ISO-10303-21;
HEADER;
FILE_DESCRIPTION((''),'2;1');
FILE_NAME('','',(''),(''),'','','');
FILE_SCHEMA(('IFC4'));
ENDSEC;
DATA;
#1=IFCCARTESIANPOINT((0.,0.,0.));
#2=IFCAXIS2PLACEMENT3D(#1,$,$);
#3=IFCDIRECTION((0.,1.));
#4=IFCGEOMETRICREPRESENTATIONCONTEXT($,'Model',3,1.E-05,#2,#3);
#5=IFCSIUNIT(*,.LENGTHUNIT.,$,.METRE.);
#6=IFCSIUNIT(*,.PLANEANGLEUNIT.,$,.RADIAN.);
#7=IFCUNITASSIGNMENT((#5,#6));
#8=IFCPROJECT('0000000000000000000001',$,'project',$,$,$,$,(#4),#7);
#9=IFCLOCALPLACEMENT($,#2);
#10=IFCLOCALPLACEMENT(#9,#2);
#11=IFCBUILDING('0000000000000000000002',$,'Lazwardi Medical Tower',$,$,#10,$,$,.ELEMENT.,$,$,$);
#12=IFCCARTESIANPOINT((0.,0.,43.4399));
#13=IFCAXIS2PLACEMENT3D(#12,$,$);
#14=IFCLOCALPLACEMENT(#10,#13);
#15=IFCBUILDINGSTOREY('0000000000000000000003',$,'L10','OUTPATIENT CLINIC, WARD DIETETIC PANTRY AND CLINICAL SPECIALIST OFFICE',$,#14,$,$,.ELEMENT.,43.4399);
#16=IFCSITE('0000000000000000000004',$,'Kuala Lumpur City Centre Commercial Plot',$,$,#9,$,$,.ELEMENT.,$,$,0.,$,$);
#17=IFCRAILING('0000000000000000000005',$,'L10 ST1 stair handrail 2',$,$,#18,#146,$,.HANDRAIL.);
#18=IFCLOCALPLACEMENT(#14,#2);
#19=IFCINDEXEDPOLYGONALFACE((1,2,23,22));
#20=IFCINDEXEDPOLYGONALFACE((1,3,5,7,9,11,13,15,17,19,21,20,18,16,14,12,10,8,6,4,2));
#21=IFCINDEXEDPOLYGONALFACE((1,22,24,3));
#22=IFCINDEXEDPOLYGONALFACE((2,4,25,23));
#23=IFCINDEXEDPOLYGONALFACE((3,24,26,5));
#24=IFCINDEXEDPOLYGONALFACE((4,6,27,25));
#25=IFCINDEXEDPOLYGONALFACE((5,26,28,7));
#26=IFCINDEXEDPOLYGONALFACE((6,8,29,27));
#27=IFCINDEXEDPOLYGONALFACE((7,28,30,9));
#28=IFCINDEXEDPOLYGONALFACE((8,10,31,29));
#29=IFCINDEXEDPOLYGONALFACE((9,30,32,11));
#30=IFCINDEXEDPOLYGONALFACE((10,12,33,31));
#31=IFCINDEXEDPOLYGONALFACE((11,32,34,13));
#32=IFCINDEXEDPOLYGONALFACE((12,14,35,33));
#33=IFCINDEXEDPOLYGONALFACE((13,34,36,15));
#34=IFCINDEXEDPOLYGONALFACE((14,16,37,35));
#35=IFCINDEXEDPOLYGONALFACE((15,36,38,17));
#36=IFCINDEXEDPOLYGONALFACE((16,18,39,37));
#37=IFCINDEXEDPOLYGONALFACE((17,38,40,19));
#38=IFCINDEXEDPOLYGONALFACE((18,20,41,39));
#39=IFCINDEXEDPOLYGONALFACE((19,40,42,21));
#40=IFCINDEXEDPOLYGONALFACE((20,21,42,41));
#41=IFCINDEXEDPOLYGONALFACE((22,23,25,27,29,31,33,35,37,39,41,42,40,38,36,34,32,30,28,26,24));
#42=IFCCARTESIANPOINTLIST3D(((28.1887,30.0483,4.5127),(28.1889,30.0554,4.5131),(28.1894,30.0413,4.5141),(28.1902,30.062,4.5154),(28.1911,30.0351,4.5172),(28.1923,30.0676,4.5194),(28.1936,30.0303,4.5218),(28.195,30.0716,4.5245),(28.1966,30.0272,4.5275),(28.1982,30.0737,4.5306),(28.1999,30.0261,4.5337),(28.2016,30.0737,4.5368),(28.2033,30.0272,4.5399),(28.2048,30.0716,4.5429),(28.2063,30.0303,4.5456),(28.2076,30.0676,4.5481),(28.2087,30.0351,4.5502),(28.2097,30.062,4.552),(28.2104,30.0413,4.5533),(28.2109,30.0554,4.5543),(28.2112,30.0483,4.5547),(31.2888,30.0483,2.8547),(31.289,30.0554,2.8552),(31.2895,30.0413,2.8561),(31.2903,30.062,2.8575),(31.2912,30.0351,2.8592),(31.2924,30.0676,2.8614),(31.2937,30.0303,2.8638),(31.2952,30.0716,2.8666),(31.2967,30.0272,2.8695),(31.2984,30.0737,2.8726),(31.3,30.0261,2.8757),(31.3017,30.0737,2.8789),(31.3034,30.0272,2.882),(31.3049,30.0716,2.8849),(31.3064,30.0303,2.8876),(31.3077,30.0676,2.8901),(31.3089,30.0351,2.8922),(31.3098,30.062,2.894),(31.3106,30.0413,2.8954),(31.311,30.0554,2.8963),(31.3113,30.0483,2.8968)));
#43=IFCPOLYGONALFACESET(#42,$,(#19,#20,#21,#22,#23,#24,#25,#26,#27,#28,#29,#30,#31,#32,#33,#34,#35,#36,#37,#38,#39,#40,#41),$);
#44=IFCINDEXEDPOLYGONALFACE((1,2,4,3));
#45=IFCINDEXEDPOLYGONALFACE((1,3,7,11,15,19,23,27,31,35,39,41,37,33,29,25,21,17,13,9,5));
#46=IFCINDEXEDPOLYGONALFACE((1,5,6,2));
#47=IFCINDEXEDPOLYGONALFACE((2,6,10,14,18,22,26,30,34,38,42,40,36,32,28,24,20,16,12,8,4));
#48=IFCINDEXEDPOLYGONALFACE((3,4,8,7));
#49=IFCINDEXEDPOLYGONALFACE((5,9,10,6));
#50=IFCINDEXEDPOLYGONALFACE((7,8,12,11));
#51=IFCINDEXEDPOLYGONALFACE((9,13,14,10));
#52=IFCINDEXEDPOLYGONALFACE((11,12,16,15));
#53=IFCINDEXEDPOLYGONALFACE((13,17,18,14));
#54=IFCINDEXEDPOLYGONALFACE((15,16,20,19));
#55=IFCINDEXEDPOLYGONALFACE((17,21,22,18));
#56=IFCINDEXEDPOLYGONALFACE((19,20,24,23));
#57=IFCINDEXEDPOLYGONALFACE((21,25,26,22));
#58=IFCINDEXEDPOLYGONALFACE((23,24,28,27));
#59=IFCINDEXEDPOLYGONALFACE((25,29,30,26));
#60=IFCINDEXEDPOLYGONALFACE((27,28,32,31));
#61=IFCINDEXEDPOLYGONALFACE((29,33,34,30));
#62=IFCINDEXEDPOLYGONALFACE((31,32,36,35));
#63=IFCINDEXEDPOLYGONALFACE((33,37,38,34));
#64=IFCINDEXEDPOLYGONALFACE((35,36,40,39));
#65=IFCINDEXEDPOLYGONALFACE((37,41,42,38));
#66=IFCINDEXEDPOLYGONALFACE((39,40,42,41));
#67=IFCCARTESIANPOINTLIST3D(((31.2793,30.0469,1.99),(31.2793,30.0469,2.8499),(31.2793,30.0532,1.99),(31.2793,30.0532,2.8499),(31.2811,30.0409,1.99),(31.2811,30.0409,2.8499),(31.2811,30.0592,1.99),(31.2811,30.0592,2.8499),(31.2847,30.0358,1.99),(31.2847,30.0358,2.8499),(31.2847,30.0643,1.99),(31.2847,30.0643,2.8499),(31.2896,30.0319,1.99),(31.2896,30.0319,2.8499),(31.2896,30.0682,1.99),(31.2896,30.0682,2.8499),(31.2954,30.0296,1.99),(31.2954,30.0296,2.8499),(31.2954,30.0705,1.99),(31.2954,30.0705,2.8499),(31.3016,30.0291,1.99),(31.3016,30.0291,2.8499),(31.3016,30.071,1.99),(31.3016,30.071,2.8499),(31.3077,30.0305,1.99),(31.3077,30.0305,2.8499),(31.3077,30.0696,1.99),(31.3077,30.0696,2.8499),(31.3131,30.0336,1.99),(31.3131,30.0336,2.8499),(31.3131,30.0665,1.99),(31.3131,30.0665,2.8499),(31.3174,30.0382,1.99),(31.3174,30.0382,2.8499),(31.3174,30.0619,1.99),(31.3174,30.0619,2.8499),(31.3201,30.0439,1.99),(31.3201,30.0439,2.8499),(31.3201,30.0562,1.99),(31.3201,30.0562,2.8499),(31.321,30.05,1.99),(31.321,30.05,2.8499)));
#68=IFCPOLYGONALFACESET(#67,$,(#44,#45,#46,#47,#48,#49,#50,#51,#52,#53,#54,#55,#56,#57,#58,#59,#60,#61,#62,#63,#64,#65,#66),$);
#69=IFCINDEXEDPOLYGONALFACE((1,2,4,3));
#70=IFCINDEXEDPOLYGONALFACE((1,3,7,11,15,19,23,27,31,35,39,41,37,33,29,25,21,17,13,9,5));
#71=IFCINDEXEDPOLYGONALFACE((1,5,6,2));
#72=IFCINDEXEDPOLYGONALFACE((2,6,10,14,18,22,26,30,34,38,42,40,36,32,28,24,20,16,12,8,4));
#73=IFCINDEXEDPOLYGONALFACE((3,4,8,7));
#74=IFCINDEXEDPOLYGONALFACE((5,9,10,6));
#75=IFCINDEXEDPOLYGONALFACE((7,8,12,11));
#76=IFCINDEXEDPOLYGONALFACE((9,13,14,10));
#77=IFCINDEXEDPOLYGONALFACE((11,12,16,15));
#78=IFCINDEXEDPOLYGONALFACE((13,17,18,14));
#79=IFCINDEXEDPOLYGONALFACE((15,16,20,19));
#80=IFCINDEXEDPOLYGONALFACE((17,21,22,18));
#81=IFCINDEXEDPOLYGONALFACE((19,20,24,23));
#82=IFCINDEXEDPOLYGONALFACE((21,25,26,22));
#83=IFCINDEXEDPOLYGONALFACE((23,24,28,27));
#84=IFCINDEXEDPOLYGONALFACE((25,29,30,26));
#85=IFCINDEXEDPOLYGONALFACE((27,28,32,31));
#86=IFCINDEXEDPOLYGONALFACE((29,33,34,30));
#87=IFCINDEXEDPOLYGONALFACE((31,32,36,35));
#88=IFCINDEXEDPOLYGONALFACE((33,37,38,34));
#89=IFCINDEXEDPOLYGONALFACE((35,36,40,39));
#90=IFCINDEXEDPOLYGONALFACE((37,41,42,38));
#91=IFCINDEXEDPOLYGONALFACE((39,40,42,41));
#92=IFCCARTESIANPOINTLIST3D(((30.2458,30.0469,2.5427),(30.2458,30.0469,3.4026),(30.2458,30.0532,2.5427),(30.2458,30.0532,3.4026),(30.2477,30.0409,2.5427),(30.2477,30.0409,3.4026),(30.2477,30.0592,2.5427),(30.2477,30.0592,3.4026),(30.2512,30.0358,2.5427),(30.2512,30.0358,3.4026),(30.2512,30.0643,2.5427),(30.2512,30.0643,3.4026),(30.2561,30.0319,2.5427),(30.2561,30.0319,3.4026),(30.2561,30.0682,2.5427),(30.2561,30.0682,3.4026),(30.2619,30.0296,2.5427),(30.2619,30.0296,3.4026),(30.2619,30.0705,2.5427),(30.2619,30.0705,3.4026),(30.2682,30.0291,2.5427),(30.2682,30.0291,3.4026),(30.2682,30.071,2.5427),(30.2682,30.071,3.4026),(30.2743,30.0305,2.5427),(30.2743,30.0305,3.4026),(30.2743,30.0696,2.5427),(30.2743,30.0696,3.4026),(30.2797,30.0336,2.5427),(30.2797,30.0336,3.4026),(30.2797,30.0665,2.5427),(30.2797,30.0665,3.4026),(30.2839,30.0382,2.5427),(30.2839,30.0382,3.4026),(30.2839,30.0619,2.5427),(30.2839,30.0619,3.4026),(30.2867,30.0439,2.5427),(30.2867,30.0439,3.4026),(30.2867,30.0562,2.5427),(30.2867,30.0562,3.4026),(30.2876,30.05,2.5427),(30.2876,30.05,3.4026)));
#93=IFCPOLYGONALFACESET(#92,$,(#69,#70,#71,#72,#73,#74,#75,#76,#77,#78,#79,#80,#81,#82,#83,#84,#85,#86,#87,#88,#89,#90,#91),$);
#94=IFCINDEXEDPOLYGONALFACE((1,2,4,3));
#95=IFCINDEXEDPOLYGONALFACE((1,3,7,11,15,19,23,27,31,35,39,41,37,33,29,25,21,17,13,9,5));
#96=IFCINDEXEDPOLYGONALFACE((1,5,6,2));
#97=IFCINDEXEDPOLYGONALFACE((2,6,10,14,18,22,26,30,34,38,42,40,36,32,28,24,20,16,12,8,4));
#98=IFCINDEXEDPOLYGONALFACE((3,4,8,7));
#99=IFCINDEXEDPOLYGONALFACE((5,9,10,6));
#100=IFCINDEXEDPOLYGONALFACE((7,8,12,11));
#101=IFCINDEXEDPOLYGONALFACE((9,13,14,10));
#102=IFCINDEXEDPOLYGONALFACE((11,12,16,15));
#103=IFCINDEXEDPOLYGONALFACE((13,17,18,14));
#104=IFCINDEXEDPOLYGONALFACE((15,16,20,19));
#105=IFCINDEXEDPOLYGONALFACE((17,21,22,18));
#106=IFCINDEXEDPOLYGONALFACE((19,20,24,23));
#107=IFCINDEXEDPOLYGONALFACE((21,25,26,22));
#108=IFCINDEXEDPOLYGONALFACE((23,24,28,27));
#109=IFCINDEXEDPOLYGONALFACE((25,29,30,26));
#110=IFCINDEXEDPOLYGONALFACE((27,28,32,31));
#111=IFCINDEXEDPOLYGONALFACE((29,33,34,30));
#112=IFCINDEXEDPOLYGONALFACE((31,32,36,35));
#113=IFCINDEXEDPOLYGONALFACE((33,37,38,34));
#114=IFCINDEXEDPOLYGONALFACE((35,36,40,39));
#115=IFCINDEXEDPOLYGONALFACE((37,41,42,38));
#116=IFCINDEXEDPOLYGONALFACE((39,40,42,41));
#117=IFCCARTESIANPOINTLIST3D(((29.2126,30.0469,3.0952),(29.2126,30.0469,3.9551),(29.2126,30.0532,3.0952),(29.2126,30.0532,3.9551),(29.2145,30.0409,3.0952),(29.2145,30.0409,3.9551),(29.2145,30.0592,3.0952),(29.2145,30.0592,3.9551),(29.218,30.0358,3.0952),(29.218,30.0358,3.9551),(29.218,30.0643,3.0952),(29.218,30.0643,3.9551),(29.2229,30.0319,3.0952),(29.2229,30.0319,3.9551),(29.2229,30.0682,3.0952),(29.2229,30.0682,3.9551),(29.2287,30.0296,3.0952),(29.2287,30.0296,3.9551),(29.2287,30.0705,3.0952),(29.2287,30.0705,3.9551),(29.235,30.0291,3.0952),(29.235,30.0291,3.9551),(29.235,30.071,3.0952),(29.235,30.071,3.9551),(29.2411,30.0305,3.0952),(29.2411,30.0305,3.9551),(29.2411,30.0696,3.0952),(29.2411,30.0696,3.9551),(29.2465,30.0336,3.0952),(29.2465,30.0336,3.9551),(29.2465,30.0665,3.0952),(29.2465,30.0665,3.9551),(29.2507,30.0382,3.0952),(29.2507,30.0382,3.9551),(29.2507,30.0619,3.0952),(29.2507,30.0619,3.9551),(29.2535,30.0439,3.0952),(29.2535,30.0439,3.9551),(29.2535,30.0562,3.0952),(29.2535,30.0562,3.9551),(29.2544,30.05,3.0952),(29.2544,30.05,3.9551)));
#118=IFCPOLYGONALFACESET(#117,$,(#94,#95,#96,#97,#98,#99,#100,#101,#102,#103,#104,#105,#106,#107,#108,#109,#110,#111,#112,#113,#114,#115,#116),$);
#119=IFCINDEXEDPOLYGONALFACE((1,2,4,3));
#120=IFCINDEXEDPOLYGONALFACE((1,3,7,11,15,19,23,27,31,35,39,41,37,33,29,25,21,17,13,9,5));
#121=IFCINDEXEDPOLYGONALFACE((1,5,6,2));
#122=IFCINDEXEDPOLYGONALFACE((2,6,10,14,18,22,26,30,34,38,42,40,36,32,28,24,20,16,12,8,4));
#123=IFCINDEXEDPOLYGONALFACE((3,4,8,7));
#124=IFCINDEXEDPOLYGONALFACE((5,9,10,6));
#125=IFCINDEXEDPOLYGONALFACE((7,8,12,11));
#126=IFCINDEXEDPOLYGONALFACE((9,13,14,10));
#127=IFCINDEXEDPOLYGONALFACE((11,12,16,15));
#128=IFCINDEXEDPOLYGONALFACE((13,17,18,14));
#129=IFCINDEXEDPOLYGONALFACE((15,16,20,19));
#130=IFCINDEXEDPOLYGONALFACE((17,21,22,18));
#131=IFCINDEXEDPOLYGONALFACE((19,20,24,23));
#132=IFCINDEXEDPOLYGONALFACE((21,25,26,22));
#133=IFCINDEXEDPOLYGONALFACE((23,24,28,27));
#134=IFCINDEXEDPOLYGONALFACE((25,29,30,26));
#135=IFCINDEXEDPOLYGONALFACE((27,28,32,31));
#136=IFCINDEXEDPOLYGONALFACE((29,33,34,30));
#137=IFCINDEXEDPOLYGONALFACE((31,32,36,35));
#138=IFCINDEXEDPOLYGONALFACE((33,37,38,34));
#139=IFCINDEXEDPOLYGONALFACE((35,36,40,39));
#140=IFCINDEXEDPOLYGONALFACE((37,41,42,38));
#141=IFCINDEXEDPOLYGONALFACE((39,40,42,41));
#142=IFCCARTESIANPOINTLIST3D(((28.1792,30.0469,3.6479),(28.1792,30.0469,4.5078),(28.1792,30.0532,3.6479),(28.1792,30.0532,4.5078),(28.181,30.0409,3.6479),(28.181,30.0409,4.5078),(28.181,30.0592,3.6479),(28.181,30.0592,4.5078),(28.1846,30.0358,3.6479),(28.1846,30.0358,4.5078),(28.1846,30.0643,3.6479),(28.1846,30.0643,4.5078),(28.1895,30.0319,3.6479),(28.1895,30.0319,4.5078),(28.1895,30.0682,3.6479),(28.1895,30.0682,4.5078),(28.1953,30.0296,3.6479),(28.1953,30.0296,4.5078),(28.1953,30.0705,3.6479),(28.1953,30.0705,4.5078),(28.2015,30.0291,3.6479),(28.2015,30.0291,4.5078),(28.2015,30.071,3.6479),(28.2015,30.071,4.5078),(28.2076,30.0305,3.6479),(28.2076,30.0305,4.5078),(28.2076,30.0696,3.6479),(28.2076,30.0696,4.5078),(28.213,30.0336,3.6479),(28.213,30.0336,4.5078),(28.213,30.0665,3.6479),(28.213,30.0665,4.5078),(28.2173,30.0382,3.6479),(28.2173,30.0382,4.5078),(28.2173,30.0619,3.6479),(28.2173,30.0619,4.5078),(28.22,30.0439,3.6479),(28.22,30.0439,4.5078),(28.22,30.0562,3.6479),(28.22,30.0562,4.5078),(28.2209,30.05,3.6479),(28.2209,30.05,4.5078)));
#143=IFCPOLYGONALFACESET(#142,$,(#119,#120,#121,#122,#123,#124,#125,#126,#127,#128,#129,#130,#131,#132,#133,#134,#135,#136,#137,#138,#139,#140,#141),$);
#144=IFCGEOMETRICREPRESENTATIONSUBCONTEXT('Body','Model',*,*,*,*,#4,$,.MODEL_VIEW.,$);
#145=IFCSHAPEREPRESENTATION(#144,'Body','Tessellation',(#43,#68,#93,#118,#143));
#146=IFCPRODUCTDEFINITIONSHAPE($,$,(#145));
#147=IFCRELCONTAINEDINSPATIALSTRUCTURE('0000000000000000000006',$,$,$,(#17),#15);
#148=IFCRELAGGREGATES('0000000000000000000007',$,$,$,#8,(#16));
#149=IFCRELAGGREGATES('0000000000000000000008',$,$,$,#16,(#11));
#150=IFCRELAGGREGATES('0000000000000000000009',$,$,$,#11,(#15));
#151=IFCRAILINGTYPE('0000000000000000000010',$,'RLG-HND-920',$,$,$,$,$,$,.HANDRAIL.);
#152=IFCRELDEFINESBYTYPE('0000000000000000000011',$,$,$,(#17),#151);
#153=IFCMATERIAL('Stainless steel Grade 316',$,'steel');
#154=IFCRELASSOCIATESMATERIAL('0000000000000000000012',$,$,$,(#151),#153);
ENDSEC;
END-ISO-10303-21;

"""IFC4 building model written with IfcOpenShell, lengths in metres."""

from ifc_helpers import new_model, si_unit, direction, frame, origin, origin_2d, place, context, subcontext, project, spatial, circle, extrude, material, type_object, element, save


model = new_model("IFC4")

# Units and contexts
model_context = context("Model", 3, precision=1e-05, world=origin(), true_north=direction((0.0, 1.0)))
body_context = subcontext(model_context, "Body", "Model", "MODEL_VIEW")
ifc_project = project(units=[si_unit("LENGTHUNIT", "METRE"), si_unit("PLANEANGLEUNIT", "RADIAN")], contexts=[model_context])

# Site, building, storey
site_placement = place(None, origin())
site = spatial("IfcSite", under=ifc_project, at=site_placement, Name="Kuala Lumpur City Centre Commercial Plot", CompositionType="ELEMENT", RefElevation=0.0)
building_placement = place(site_placement, origin())
building = spatial("IfcBuilding", under=site, at=building_placement, Name="Lazwardi Medical Tower", CompositionType="ELEMENT")
storey_placement = place(building_placement, frame((0.0, 0.0, 43.4399)))
storey = spatial("IfcBuildingStorey", under=building, at=storey_placement, Name="L10", Description="OUTPATIENT CLINIC, WARD DIETETIC PANTRY AND CLINICAL SPECIALIST OFFICE", CompositionType="ELEMENT", Elevation=43.4399)

# Railing
ifc_material_1 = material(Name="Stainless steel Grade 316", Category="steel")
railing_type_1 = type_object("IfcRailingType", Name="RLG-HND-920", PredefinedType="HANDRAIL", material=ifc_material_1)
railing_1_placement = place(storey_placement, frame((31.3, 30.05, 1.99)))
element("IfcRailing", 1, at=railing_1_placement, inside=storey, type_object=railing_type_1, Name="L10 ST1 stair handrail 2", PredefinedType="HANDRAIL", context=body_context, shape_type="SweptSolid", body=[
    extrude(circle(Radius=0.0239, at=origin_2d()), frame((0.0, 0.0, 0.8857), z_axis=(-0.881812, 0.0, 0.471601), x_axis=(0.0, -1.0, 0.0)), (0.0, 0.0, 1.0), 3.5156),
    extrude(circle(Radius=0.021, at=origin_2d()), origin(), (0.0, 0.0, 1.0), 0.8599),
    extrude(circle(Radius=0.021, at=origin_2d()), frame((-1.0334, 0.0, 0.5527)), (0.0, 0.0, 1.0), 0.8599),
    extrude(circle(Radius=0.021, at=origin_2d()), frame((-2.0667, 0.0, 1.1052)), (0.0, 0.0, 1.0), 0.8599),
    extrude(circle(Radius=0.021, at=origin_2d()), frame((-3.1001, 0.0, 1.658)), (0.0, 0.0, 1.0), 0.8599),
])

save(model, "model.ifc")
